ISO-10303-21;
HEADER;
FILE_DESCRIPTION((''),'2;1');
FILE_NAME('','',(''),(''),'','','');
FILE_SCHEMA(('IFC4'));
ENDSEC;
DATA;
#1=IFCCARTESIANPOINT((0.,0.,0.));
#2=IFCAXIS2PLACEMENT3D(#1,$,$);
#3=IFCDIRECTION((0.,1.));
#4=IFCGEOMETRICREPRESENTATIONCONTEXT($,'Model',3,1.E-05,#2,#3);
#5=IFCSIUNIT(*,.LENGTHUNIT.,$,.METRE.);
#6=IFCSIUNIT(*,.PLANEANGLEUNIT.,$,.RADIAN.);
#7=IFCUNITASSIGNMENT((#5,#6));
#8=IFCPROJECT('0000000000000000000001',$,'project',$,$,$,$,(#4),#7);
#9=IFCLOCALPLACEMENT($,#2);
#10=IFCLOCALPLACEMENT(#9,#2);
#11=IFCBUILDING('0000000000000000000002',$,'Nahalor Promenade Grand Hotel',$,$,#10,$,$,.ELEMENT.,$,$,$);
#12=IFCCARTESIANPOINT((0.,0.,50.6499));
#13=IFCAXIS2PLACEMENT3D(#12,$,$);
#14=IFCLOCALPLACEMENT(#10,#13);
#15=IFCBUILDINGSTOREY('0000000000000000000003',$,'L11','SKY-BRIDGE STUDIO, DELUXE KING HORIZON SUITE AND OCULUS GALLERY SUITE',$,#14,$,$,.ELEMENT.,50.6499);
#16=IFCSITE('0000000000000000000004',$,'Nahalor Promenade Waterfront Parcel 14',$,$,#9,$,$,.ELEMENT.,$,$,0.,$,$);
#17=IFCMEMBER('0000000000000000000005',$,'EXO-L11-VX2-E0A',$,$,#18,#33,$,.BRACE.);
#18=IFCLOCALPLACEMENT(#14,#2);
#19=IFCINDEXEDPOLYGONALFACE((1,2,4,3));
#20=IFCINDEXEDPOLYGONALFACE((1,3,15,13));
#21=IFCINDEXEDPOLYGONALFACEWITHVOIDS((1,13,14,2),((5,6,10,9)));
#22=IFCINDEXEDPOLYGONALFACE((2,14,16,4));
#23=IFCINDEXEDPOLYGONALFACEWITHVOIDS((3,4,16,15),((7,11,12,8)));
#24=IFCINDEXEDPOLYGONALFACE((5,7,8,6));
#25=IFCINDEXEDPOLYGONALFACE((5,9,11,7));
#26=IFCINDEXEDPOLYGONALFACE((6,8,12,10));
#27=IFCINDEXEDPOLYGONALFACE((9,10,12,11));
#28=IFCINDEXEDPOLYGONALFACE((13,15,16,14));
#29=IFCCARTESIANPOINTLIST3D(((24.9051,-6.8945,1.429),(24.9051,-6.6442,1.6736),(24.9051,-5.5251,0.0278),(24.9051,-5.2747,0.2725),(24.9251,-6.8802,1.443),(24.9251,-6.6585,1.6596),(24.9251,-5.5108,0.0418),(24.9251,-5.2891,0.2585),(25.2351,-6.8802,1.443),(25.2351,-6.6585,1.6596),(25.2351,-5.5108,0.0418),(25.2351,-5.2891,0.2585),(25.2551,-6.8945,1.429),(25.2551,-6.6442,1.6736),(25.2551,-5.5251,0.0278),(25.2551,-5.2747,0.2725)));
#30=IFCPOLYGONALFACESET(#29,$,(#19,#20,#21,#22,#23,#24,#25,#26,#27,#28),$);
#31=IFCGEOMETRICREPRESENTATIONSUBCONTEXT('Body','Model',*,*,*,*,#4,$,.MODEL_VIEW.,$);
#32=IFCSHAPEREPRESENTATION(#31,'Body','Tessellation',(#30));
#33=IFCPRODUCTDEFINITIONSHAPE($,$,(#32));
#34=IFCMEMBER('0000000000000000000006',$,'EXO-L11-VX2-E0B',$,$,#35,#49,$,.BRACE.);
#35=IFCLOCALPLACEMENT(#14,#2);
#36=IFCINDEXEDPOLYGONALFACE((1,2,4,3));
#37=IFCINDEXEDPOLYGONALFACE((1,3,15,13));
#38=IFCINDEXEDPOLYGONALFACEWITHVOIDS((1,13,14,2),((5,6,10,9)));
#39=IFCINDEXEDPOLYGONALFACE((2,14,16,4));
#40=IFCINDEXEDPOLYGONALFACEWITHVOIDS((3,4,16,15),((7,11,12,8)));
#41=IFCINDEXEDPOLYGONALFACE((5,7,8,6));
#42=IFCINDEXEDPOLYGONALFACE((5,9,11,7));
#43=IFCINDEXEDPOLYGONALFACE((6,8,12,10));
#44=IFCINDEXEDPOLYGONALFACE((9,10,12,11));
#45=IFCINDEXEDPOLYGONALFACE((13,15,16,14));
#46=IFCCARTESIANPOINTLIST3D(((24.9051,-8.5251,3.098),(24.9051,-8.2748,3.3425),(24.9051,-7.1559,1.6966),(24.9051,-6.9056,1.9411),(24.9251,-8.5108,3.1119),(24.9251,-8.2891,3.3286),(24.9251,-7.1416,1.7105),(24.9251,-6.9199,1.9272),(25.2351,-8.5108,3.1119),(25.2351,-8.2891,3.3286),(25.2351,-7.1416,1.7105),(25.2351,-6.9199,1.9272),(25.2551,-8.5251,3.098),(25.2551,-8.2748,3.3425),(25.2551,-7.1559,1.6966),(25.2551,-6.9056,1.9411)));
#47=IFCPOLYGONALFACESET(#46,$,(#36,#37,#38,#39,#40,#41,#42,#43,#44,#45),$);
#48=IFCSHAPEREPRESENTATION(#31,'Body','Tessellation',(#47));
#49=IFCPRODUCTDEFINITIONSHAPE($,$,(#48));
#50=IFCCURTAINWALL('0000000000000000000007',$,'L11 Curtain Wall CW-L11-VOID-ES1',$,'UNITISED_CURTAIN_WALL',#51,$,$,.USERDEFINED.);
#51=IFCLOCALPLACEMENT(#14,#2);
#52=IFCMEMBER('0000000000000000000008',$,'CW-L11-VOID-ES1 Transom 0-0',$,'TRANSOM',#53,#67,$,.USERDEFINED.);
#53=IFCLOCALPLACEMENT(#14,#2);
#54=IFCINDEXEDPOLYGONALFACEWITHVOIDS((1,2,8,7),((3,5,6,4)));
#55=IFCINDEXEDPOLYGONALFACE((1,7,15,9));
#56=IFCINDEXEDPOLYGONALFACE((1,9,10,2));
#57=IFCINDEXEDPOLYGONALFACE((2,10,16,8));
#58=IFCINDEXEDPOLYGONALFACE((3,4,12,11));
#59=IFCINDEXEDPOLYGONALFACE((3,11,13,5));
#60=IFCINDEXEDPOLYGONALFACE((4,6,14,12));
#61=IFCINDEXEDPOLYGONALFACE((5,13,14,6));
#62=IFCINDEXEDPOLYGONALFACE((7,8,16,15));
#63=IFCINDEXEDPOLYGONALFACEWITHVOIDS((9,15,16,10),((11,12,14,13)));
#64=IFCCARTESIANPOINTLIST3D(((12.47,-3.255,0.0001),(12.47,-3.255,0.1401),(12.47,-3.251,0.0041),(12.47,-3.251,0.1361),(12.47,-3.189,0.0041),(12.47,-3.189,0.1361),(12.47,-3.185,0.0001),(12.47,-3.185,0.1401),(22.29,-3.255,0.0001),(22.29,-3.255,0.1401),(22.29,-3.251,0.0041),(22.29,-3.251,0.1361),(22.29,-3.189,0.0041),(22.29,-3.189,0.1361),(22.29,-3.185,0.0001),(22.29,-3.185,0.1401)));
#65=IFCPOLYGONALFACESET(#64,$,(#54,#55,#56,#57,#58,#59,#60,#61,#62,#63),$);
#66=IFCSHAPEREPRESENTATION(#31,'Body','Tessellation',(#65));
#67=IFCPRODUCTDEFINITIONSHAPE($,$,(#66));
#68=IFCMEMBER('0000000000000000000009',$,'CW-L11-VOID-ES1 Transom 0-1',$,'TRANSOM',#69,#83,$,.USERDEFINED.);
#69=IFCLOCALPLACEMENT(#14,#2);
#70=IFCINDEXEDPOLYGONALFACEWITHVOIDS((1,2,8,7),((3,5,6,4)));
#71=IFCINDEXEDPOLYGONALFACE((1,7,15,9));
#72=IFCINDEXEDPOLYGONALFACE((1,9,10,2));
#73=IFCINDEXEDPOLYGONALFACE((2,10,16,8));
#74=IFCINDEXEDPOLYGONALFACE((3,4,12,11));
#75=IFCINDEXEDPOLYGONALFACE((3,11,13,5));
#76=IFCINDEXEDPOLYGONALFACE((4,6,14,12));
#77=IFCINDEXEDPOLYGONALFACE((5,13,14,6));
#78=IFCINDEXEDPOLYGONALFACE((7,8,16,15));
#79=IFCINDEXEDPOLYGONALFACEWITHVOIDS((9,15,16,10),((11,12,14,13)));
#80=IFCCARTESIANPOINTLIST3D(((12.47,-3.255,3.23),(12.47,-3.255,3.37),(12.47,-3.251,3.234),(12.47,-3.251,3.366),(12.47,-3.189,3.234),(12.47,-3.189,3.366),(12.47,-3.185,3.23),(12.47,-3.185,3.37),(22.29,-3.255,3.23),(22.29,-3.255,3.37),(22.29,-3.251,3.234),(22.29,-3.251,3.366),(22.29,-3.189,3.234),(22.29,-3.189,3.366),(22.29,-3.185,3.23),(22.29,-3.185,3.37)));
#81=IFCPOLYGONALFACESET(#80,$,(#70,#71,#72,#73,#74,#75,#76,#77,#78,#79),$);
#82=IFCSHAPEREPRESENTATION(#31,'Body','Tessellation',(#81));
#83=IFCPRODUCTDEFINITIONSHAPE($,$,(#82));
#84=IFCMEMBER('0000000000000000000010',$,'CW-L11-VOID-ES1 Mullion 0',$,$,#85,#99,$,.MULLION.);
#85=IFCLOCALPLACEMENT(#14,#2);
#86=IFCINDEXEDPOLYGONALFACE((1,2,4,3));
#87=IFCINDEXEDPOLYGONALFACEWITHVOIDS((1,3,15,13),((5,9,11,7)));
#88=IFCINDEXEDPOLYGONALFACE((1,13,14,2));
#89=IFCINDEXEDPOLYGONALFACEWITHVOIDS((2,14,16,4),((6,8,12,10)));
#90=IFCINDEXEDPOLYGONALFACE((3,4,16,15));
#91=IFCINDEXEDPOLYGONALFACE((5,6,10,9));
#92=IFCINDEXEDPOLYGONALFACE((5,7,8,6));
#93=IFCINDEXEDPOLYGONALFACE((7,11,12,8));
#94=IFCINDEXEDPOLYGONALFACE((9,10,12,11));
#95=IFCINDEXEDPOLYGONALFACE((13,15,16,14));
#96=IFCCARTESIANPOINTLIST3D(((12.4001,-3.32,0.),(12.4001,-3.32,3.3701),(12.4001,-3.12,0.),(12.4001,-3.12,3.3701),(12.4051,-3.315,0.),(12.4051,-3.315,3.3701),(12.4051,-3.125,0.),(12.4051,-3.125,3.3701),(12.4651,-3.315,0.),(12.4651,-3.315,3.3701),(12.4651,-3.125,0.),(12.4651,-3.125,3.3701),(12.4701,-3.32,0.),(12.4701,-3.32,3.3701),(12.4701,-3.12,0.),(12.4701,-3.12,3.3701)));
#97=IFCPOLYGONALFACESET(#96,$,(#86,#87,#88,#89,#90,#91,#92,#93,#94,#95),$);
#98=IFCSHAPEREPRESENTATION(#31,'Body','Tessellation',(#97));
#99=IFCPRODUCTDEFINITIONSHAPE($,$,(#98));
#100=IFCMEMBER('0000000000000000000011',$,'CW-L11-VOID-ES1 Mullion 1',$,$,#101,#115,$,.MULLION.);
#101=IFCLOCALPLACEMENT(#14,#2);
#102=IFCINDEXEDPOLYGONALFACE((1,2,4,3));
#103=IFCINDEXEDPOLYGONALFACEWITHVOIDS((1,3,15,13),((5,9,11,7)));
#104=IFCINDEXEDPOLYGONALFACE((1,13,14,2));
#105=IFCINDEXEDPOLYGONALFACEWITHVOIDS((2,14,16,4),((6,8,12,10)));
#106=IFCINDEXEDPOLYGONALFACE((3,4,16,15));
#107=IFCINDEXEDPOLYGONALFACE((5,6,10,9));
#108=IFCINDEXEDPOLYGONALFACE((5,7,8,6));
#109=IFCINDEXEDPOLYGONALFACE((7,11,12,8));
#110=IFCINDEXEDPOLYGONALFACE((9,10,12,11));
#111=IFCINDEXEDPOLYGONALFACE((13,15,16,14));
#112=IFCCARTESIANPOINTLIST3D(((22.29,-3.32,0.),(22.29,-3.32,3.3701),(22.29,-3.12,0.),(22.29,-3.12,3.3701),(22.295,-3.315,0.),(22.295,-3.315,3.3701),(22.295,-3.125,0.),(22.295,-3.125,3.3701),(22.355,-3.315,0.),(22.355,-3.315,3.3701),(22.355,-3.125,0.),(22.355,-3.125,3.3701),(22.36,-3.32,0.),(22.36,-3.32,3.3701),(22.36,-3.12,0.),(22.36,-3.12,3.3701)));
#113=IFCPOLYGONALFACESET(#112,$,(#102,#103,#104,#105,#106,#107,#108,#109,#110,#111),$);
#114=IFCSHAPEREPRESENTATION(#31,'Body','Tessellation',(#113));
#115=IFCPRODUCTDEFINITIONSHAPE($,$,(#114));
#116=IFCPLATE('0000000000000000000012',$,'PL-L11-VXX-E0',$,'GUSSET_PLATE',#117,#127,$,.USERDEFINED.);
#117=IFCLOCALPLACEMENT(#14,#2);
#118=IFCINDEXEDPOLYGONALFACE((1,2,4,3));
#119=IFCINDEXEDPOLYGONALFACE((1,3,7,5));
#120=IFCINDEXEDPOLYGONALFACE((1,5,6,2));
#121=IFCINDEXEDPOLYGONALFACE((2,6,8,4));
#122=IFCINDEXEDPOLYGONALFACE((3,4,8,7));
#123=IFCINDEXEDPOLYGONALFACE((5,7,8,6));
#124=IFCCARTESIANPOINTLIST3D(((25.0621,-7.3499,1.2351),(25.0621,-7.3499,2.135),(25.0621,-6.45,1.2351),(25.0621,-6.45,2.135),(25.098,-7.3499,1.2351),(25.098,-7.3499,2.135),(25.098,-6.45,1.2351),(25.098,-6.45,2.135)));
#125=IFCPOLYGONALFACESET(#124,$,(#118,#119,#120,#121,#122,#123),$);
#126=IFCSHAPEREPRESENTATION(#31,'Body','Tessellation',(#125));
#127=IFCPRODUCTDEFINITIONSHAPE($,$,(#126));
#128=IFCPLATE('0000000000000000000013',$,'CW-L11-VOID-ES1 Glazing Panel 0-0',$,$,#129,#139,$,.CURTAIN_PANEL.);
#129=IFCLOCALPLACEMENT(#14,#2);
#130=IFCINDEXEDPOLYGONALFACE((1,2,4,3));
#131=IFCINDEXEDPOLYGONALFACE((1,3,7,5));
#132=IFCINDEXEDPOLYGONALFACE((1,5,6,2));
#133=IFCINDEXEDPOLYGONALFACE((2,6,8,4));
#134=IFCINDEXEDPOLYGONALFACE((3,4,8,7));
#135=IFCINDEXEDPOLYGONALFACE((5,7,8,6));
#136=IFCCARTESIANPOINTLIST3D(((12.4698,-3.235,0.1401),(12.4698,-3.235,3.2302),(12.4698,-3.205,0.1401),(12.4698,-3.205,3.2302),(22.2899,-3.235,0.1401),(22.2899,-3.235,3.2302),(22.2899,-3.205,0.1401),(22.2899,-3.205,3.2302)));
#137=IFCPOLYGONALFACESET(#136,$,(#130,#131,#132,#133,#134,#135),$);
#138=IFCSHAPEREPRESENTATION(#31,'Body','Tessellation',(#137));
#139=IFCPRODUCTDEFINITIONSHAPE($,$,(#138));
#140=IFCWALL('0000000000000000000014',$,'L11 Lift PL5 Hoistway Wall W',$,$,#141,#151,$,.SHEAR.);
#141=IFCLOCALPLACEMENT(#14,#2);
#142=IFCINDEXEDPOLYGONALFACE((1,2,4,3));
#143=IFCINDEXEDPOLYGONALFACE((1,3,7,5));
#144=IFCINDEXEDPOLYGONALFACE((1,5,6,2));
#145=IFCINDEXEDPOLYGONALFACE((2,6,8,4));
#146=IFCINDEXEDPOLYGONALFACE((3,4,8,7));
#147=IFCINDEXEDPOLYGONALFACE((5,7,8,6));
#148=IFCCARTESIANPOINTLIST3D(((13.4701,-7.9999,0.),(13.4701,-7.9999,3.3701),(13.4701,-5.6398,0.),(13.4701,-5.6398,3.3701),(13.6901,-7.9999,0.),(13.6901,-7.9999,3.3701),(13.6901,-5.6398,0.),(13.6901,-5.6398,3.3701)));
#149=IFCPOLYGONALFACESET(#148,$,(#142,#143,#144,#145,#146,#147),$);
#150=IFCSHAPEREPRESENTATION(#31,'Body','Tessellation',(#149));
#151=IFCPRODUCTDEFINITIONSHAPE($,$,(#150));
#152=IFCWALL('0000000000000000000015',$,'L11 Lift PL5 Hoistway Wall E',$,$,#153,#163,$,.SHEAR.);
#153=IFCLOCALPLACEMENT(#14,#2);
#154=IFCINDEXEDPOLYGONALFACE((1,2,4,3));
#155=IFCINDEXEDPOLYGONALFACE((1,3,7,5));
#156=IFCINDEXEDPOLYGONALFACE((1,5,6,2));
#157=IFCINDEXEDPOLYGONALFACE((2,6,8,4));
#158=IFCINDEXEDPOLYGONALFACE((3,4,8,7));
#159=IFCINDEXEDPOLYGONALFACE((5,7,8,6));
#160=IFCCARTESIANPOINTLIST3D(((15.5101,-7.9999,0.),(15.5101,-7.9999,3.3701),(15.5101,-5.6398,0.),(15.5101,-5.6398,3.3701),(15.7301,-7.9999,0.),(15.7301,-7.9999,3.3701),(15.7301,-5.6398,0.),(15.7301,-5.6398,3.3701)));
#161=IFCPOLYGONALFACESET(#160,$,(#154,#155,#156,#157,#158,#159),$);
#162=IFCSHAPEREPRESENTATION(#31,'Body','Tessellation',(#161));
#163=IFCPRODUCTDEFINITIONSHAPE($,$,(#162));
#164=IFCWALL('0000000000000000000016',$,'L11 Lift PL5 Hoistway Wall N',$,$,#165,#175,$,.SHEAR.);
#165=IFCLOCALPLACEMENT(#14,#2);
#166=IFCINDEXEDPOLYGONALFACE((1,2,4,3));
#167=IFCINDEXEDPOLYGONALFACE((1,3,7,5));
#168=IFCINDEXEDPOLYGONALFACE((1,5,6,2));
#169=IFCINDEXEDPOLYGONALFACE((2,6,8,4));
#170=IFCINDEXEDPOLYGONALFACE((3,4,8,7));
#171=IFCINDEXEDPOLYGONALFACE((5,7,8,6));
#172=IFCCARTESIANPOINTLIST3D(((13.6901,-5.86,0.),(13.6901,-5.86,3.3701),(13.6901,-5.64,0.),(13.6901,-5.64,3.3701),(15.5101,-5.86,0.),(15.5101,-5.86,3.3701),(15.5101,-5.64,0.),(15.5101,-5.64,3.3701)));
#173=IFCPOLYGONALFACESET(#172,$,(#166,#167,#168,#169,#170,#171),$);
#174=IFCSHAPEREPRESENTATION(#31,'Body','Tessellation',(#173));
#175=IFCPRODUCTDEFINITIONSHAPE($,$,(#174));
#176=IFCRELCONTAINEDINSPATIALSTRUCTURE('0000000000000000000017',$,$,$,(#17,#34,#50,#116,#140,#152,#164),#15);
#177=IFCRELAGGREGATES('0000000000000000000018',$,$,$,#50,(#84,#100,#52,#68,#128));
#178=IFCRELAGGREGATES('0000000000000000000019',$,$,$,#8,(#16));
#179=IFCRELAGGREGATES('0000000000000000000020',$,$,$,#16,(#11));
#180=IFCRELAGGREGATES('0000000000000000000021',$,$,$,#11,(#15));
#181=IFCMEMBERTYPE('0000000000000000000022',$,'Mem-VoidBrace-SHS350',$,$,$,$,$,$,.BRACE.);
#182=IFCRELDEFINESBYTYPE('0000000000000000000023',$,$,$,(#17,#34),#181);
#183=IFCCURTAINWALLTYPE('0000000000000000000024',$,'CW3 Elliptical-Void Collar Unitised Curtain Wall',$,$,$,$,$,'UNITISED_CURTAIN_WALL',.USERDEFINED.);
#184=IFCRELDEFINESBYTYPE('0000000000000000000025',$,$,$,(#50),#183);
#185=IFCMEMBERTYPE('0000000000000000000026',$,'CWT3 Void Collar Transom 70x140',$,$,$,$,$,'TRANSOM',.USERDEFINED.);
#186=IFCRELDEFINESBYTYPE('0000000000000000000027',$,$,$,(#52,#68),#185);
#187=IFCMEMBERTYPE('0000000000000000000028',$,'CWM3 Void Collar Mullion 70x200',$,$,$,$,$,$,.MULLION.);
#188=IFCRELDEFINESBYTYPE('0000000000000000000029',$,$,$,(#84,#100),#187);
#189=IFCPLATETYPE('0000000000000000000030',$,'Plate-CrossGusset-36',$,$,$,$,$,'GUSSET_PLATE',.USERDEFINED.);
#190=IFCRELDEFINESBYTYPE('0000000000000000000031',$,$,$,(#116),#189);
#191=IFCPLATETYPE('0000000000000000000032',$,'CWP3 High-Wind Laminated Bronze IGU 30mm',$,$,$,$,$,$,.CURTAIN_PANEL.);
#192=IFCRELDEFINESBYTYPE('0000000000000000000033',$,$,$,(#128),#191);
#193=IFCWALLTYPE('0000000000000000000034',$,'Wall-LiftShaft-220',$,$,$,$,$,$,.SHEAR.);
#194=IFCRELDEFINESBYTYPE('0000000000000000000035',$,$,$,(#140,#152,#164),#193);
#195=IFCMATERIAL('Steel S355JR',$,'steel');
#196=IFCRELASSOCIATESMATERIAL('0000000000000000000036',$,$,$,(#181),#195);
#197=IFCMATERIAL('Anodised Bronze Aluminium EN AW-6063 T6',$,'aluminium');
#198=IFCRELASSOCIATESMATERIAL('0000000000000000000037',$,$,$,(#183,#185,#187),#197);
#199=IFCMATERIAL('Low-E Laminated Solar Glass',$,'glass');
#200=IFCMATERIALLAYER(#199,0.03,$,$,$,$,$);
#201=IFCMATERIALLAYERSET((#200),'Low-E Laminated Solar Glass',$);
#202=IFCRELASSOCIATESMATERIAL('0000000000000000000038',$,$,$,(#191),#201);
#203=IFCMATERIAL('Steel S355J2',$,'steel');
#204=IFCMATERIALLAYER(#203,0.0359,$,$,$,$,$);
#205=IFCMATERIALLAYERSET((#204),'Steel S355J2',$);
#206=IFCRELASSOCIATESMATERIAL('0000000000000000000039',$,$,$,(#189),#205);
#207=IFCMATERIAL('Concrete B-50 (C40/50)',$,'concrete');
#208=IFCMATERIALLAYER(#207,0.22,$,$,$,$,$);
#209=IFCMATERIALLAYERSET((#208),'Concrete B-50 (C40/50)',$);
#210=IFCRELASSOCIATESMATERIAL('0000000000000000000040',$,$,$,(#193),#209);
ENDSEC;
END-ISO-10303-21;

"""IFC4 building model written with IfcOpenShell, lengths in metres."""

from ifc_helpers import new_model, si_unit, direction, frame, frame_2d, origin, origin_2d, place, context, subcontext, project, spatial, rectangle, hollow_rectangle, extrude, source, transform, mapped, material, layer, layer_set, material_profile, profile_set, type_object, element, aggregate, save


model = new_model("IFC4")

# Units and contexts
model_context = context("Model", 3, precision=1e-05, world=origin(), true_north=direction((0.0, 1.0)))
body_context = subcontext(model_context, "Body", "Model", "MODEL_VIEW")
ifc_project = project(units=[si_unit("LENGTHUNIT", "METRE"), si_unit("PLANEANGLEUNIT", "RADIAN")], contexts=[model_context])

# Site, building, storey
site_placement = place(None, origin())
site = spatial("IfcSite", under=ifc_project, at=site_placement, Name="Nahalor Promenade Waterfront Parcel 14", CompositionType="ELEMENT", RefElevation=0.0)
building_placement = place(site_placement, origin())
building = spatial("IfcBuilding", under=site, at=building_placement, Name="Nahalor Promenade Grand Hotel", CompositionType="ELEMENT")
storey_placement = place(building_placement, frame((0.0, 0.0, 50.6499)))
storey = spatial("IfcBuildingStorey", under=building, at=storey_placement, Name="L11", Description="SKY-BRIDGE STUDIO, DELUXE KING HORIZON SUITE AND OCULUS GALLERY SUITE", CompositionType="ELEMENT", Elevation=50.6499)

# Shared definitions
ifc_material_1 = material(Name="Steel S355J2", Category="steel")

# Shared definitions
ifc_material_2 = material(Name="Steel S355JR", Category="steel")

# Members
ifc_material_profile_1 = material_profile(ifc_material_2, hollow_rectangle(XDim=0.35, YDim=0.35, WallThickness=0.02, at=origin_2d()), Name="SHS 350x350x20")
ifc_profile_set_1 = profile_set([ifc_material_profile_1], Name="Steel S355JR")
member_type_1 = type_object("IfcMemberType", Name="Mem-VoidBrace-SHS350", PredefinedType="BRACE", material=ifc_profile_set_1)
shared_shape_1 = source(origin(), body_context, "Body", "SweptSolid", [
    extrude(hollow_rectangle(XDim=0.35, YDim=0.35, WallThickness=0.02, at=origin_2d()), origin(), (0.0, 0.0, 1.0), 1.9592),
])
for number, where, z_axis, x_axis, name in (
    (1, (25.0801, -5.3999, 0.1501), (0.0, -0.69896, 0.71516), (1.0, 0.0, 0.0), "EXO-L11-VX2-E0A"),
    (2, (25.0801, -7.0308, 1.8188), (0.0, -0.698834, 0.715283), (1.0, 0.0, 0.0), "EXO-L11-VX2-E0B"),
):
    element("IfcMember", number, at=place(storey_placement, frame(where, z_axis=z_axis, x_axis=x_axis)), inside=storey, type_object=member_type_1, Name=name, PredefinedType="BRACE", context=body_context, shape_type="MappedRepresentation", body=[
        mapped(shared_shape_1, transform((0.0, 0.0, 0.0), scale=1.0)),
    ])

# Curtain wall, members
ifc_material_3 = material(Name="Anodised Bronze Aluminium EN AW-6063 T6", Category="aluminium")
curtain_wall_type = type_object("IfcCurtainWallType", Name="CW3 Elliptical-Void Collar Unitised Curtain Wall", ElementType="UNITISED_CURTAIN_WALL", PredefinedType="USERDEFINED", material=ifc_material_3)
curtain_wall_1_placement = place(storey_placement, origin())
curtain_wall_1 = element("IfcCurtainWall", 3, at=curtain_wall_1_placement, inside=storey, type_object=curtain_wall_type, Name="L11 Curtain Wall CW-L11-VOID-ES1", ObjectType="UNITISED_CURTAIN_WALL", PredefinedType="USERDEFINED")
ifc_material_profile_2 = material_profile(ifc_material_3, hollow_rectangle(XDim=0.07, YDim=0.14, WallThickness=0.004, at=origin_2d()), Name="CWT 70x140x4")
ifc_profile_set_2 = profile_set([ifc_material_profile_2], Name="Anodised Bronze Aluminium EN AW-6063 T6")
member_type_2 = type_object("IfcMemberType", Name="CWT3 Void Collar Transom 70x140", ElementType="TRANSOM", PredefinedType="USERDEFINED", material=ifc_profile_set_2)
shared_shape_2 = source(origin(), body_context, "Body", "SweptSolid", [
    extrude(hollow_rectangle(XDim=0.07, YDim=0.14, WallThickness=0.004, at=origin_2d()), origin(), (0.0, 0.0, 1.0), 9.8201),
])
member_1_placement = place(storey_placement, frame((12.47, -3.22, 0.0701), z_axis=(1.0, 0.0, 0.0), x_axis=(0.0, 1.0, 0.0)))
member_1 = element("IfcMember", 4, at=member_1_placement, type_object=member_type_2, Name="CW-L11-VOID-ES1 Transom 0-0", ObjectType="TRANSOM", PredefinedType="USERDEFINED", context=body_context, shape_type="MappedRepresentation", body=[
    mapped(shared_shape_2, transform((0.0, 0.0, 0.0), scale=1.0)),
])
member_2_placement = place(storey_placement, frame((12.47, -3.22, 3.3), z_axis=(1.0, 0.0, 0.0), x_axis=(0.0, 1.0, 0.0)))
member_2 = element("IfcMember", 5, at=member_2_placement, type_object=member_type_2, Name="CW-L11-VOID-ES1 Transom 0-1", ObjectType="TRANSOM", PredefinedType="USERDEFINED", context=body_context, shape_type="MappedRepresentation", body=[
    mapped(shared_shape_2, transform((0.0, 0.0, 0.0), scale=1.0)),
])
ifc_material_profile_3 = material_profile(ifc_material_3, hollow_rectangle(XDim=0.07, YDim=0.2, WallThickness=0.005, at=origin_2d()), Name="CWM 70x200x5")
ifc_profile_set_3 = profile_set([ifc_material_profile_3], Name="Anodised Bronze Aluminium EN AW-6063 T6")
member_type_3 = type_object("IfcMemberType", Name="CWM3 Void Collar Mullion 70x200", PredefinedType="MULLION", material=ifc_profile_set_3)
shared_shape_3 = source(origin(), body_context, "Body", "SweptSolid", [
    extrude(hollow_rectangle(XDim=0.07, YDim=0.2, WallThickness=0.005, at=origin_2d()), origin(), (0.0, 0.0, 1.0), 3.3701),
])
member_3_placement = place(storey_placement, frame((12.4351, -3.22, 0.0), z_axis=(0.0, 0.0, 1.0), x_axis=(1.0, 0.0, 0.0)))
member_3 = element("IfcMember", 6, at=member_3_placement, type_object=member_type_3, Name="CW-L11-VOID-ES1 Mullion 0", PredefinedType="MULLION", context=body_context, shape_type="MappedRepresentation", body=[
    mapped(shared_shape_3, transform((0.0, 0.0, 0.0), scale=1.0)),
])
member_4_placement = place(storey_placement, frame((22.325, -3.22, 0.0), z_axis=(0.0, 0.0, 1.0), x_axis=(1.0, 0.0, 0.0)))
member_4 = element("IfcMember", 7, at=member_4_placement, type_object=member_type_3, Name="CW-L11-VOID-ES1 Mullion 1", PredefinedType="MULLION", context=body_context, shape_type="MappedRepresentation", body=[
    mapped(shared_shape_3, transform((0.0, 0.0, 0.0), scale=1.0)),
])

# Shared definitions
ifc_material_4 = material(Name="Low-E Laminated Solar Glass", Category="glass")
ifc_layer_1 = layer(ifc_material_4, 0.03)
ifc_layer_set_1 = layer_set([ifc_layer_1], Name="Low-E Laminated Solar Glass")
plate_type_1 = type_object("IfcPlateType", Name="CWP3 High-Wind Laminated Bronze IGU 30mm", PredefinedType="CURTAIN_PANEL", material=ifc_layer_set_1)

# Plates
ifc_layer_2 = layer(ifc_material_1, 0.0359)
ifc_layer_set_2 = layer_set([ifc_layer_2], Name="Steel S355J2")
plate_type_2 = type_object("IfcPlateType", Name="Plate-CrossGusset-36", ElementType="GUSSET_PLATE", PredefinedType="USERDEFINED", material=ifc_layer_set_2)
shared_shape_4 = source(origin(), body_context, "Body", "SweptSolid", [
    extrude(rectangle(XDim=0.8999, YDim=0.0359, at=origin_2d()), origin(), (0.0, 0.0, 1.0), 0.8999),
])
plate_1_placement = place(storey_placement, frame((25.0801, -6.8999, 1.2351), z_axis=(0.0, 0.0, 1.0), x_axis=(0.0, 1.0, 0.0)))
element("IfcPlate", 8, at=plate_1_placement, inside=storey, type_object=plate_type_2, Name="PL-L11-VXX-E0", ObjectType="GUSSET_PLATE", PredefinedType="USERDEFINED", context=body_context, shape_type="MappedRepresentation", body=[
    mapped(shared_shape_4, transform((0.0, 0.0, 0.0), scale=1.0)),
])
shared_shape_5 = source(origin(), body_context, "Body", "SweptSolid", [
    extrude(rectangle(XDim=9.8201, YDim=0.03, at=origin_2d()), origin(), (0.0, 0.0, 1.0), 3.0901),
])
plate_2_placement = place(storey_placement, frame((17.3799, -3.22, 0.1401), z_axis=(0.0, 0.0, 1.0), x_axis=(1.0, 0.0, 0.0)))
plate_2 = element("IfcPlate", 9, at=plate_2_placement, type_object=plate_type_1, Name="CW-L11-VOID-ES1 Glazing Panel 0-0", PredefinedType="CURTAIN_PANEL", context=body_context, shape_type="MappedRepresentation", body=[
    mapped(shared_shape_5, transform((0.0, 0.0, 0.0), scale=1.0)),
])
aggregate(curtain_wall_1, [member_3, member_4, member_1, member_2, plate_2])

# Walls
ifc_material_5 = material(Name="Concrete B-50 (C40/50)", Category="concrete")
ifc_layer_3 = layer(ifc_material_5, 0.22)
ifc_layer_set_3 = layer_set([ifc_layer_3], Name="Concrete B-50 (C40/50)")
wall_type_1 = type_object("IfcWallType", Name="Wall-LiftShaft-220", PredefinedType="SHEAR", material=ifc_layer_set_3)
shared_shape_6 = source(origin(), body_context, "Body", "SweptSolid", [
    extrude(rectangle(XDim=2.3601, YDim=0.22, at=frame_2d((1.1802, 0.0))), origin(), (0.0, 0.0, 1.0), 3.3701),
])
for number, where, z_axis, x_axis, name in (
    (10, (13.5801, -8.0, 0.0), (0.0, 0.0, 1.0), (0.0, 1.0, 0.0), "L11 Lift PL5 Hoistway Wall W"),
    (11, (15.6201, -8.0, 0.0), (0.0, 0.0, 1.0), (0.0, 1.0, 0.0), "L11 Lift PL5 Hoistway Wall E"),
):
    element("IfcWall", number, at=place(storey_placement, frame(where, z_axis=z_axis, x_axis=x_axis)), inside=storey, type_object=wall_type_1, Name=name, PredefinedType="SHEAR", context=body_context, shape_type="MappedRepresentation", body=[
        mapped(shared_shape_6, transform((0.0, 0.0, 0.0), scale=1.0)),
    ])
shared_shape_7 = source(origin(), body_context, "Body", "SweptSolid", [
    extrude(rectangle(XDim=1.8201, YDim=0.22, at=frame_2d((0.9102, 0.0))), origin(), (0.0, 0.0, 1.0), 3.3701),
])
wall_1_placement = place(storey_placement, frame((13.6899, -5.75, 0.0), z_axis=(0.0, 0.0, 1.0), x_axis=(1.0, 0.0, 0.0)))
element("IfcWall", 12, at=wall_1_placement, inside=storey, type_object=wall_type_1, Name="L11 Lift PL5 Hoistway Wall N", PredefinedType="SHEAR", context=body_context, shape_type="MappedRepresentation", body=[
    mapped(shared_shape_7, transform((0.0, 0.0, 0.0), scale=1.0)),
])

save(model, "model.ifc")
